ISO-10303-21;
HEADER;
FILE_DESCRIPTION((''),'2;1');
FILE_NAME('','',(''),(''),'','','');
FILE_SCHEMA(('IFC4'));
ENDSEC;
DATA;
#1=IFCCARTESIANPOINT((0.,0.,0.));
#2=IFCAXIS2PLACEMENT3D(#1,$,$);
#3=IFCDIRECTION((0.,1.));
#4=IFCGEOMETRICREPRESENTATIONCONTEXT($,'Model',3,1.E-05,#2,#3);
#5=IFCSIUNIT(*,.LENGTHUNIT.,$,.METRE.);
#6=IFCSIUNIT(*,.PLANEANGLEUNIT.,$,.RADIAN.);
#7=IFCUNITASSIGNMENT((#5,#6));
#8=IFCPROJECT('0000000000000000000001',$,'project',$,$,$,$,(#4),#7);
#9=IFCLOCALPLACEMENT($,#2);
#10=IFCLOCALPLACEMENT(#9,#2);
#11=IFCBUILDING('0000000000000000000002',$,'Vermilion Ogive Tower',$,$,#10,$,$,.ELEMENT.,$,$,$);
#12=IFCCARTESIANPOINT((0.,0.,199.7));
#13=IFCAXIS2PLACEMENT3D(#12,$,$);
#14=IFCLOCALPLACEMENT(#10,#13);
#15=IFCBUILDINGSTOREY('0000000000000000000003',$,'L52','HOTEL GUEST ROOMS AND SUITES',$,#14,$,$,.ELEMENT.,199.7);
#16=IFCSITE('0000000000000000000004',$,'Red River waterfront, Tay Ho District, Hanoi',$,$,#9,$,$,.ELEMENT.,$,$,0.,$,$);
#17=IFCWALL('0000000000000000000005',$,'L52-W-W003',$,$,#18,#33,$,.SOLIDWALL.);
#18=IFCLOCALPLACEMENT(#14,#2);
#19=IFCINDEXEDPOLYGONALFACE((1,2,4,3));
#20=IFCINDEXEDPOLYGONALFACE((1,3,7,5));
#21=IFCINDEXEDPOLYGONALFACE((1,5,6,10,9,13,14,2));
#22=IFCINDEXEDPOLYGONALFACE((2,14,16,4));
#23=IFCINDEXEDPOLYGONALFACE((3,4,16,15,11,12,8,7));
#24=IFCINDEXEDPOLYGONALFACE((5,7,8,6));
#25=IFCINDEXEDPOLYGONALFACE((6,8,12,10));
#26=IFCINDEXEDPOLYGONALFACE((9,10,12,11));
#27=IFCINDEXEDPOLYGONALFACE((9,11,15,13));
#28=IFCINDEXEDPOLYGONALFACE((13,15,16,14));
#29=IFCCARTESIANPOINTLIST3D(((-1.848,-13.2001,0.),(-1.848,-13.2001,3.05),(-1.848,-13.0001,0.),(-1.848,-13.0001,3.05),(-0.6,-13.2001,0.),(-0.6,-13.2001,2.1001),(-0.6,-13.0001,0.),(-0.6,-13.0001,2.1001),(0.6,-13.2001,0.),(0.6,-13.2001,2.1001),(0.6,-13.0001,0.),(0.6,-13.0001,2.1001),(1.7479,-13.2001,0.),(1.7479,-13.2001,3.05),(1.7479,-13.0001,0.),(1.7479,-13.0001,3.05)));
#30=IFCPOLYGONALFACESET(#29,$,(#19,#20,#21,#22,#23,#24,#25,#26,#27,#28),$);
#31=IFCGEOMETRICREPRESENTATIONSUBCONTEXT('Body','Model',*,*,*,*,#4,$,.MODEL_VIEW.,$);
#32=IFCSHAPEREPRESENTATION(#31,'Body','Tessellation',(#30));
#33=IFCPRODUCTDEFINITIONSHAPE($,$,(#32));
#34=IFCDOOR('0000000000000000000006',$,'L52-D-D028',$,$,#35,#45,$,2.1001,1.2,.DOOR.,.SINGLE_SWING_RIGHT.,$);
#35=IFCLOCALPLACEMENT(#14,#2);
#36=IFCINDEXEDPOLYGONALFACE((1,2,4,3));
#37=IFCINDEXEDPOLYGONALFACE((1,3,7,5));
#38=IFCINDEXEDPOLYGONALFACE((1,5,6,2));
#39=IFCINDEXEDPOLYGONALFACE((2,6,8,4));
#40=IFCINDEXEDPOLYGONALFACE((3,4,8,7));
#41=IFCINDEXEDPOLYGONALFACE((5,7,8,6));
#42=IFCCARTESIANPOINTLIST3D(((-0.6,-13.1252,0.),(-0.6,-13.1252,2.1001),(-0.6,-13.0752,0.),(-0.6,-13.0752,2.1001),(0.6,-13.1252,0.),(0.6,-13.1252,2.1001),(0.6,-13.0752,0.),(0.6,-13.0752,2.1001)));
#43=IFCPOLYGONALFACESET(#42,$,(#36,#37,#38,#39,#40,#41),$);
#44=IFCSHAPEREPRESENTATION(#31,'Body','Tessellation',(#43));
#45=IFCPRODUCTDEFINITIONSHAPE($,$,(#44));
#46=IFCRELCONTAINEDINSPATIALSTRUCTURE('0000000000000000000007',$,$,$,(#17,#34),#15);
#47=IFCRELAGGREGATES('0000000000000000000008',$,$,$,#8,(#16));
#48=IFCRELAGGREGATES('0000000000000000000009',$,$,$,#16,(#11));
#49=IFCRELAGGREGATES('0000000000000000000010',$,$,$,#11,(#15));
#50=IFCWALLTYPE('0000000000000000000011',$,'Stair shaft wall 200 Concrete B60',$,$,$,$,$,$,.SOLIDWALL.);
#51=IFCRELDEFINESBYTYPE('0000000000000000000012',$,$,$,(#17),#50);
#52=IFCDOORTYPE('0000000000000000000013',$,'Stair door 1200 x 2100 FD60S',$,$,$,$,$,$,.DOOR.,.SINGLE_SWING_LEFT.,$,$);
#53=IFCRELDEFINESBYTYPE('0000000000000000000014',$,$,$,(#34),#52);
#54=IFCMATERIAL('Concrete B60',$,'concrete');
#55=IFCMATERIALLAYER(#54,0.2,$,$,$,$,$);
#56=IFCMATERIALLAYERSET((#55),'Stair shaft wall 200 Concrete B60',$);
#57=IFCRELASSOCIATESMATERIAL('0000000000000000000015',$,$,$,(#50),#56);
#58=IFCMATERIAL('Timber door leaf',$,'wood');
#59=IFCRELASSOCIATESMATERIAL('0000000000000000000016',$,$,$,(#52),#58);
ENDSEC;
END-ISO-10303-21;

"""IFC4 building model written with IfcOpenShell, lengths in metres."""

from ifc_helpers import new_model, si_unit, direction, frame, frame_2d, origin, place, context, subcontext, project, spatial, rectangle, extrude, material, layer, layer_set, type_object, element, fill, save


model = new_model("IFC4")

# Units and contexts
model_context = context("Model", 3, precision=1e-05, world=origin(), true_north=direction((0.0, 1.0)))
body_context = subcontext(model_context, "Body", "Model", "MODEL_VIEW")
ifc_project = project(units=[si_unit("LENGTHUNIT", "METRE"), si_unit("PLANEANGLEUNIT", "RADIAN")], contexts=[model_context])

# Site, building, storey
site_placement = place(None, origin())
site = spatial("IfcSite", under=ifc_project, at=site_placement, Name="Red River waterfront, Tay Ho District, Hanoi", CompositionType="ELEMENT", RefElevation=0.0)
building_placement = place(site_placement, origin())
building = spatial("IfcBuilding", under=site, at=building_placement, Name="Vermilion Ogive Tower", CompositionType="ELEMENT")
storey_placement = place(building_placement, frame((0.0, 0.0, 199.7)))
storey = spatial("IfcBuildingStorey", under=building, at=storey_placement, Name="L52", Description="HOTEL GUEST ROOMS AND SUITES", CompositionType="ELEMENT", Elevation=199.7)

# Wall, opening, door
ifc_material_1 = material(Name="Concrete B60", Category="concrete")
ifc_layer_1 = layer(ifc_material_1, 0.2)
ifc_layer_set_1 = layer_set([ifc_layer_1], Name="Stair shaft wall 200 Concrete B60")
wall_type_1 = type_object("IfcWallType", Name="Stair shaft wall 200 Concrete B60", PredefinedType="SOLIDWALL", material=ifc_layer_set_1)
wall_1_placement = place(storey_placement, frame((-1.8479, -13.1001, 0.0), z_axis=(0.0, 0.0, 1.0), x_axis=(1.0, 0.0, 0.0)))
wall_1 = element("IfcWall", 1, at=wall_1_placement, inside=storey, type_object=wall_type_1, Name="L52-W-W003", PredefinedType="SOLIDWALL", context=body_context, shape_type="SweptSolid", body=[
    extrude(rectangle(XDim=3.5959, YDim=0.2, at=frame_2d((1.7979, 0.0))), origin(), (0.0, 0.0, 1.0), 3.05),
])
opening_1_placement = place(wall_1_placement, frame((1.2478, 0.0, 0.0)))
opening_1 = element("IfcOpeningElement", 2, at=opening_1_placement, cuts=wall_1, PredefinedType="OPENING", context=body_context, shape_type="SweptSolid", body=[
    extrude(rectangle(XDim=1.2, YDim=2.1001, at=frame_2d((0.6001, 1.05))), frame((0.0, 0.1099, 0.0), z_axis=(0.0, -1.0, 0.0), x_axis=(1.0, 0.0, 0.0)), (0.0, 0.0, 1.0), 0.22),
])
ifc_material_2 = material(Name="Timber door leaf", Category="wood")
door_type_1 = type_object("IfcDoorType", Name="Stair door 1200 x 2100 FD60S", OperationType="SINGLE_SWING_LEFT", PredefinedType="DOOR", material=ifc_material_2)
door_1_placement = place(opening_1_placement, origin())
door_1 = element("IfcDoor", 3, at=door_1_placement, inside=storey, type_object=door_type_1, Name="L52-D-D028", OperationType="SINGLE_SWING_RIGHT", OverallHeight=2.1001, OverallWidth=1.2, PredefinedType="DOOR", context=body_context, shape_type="SweptSolid", body=[
    extrude(rectangle(XDim=1.2, YDim=2.1001, at=frame_2d((0.6001, 1.05))), frame((0.0, 0.0249, 0.0), z_axis=(0.0, -1.0, 0.0), x_axis=(1.0, 0.0, 0.0)), (0.0, 0.0, 1.0), 0.05),
])
fill(opening_1, door_1)

save(model, "model.ifc")
